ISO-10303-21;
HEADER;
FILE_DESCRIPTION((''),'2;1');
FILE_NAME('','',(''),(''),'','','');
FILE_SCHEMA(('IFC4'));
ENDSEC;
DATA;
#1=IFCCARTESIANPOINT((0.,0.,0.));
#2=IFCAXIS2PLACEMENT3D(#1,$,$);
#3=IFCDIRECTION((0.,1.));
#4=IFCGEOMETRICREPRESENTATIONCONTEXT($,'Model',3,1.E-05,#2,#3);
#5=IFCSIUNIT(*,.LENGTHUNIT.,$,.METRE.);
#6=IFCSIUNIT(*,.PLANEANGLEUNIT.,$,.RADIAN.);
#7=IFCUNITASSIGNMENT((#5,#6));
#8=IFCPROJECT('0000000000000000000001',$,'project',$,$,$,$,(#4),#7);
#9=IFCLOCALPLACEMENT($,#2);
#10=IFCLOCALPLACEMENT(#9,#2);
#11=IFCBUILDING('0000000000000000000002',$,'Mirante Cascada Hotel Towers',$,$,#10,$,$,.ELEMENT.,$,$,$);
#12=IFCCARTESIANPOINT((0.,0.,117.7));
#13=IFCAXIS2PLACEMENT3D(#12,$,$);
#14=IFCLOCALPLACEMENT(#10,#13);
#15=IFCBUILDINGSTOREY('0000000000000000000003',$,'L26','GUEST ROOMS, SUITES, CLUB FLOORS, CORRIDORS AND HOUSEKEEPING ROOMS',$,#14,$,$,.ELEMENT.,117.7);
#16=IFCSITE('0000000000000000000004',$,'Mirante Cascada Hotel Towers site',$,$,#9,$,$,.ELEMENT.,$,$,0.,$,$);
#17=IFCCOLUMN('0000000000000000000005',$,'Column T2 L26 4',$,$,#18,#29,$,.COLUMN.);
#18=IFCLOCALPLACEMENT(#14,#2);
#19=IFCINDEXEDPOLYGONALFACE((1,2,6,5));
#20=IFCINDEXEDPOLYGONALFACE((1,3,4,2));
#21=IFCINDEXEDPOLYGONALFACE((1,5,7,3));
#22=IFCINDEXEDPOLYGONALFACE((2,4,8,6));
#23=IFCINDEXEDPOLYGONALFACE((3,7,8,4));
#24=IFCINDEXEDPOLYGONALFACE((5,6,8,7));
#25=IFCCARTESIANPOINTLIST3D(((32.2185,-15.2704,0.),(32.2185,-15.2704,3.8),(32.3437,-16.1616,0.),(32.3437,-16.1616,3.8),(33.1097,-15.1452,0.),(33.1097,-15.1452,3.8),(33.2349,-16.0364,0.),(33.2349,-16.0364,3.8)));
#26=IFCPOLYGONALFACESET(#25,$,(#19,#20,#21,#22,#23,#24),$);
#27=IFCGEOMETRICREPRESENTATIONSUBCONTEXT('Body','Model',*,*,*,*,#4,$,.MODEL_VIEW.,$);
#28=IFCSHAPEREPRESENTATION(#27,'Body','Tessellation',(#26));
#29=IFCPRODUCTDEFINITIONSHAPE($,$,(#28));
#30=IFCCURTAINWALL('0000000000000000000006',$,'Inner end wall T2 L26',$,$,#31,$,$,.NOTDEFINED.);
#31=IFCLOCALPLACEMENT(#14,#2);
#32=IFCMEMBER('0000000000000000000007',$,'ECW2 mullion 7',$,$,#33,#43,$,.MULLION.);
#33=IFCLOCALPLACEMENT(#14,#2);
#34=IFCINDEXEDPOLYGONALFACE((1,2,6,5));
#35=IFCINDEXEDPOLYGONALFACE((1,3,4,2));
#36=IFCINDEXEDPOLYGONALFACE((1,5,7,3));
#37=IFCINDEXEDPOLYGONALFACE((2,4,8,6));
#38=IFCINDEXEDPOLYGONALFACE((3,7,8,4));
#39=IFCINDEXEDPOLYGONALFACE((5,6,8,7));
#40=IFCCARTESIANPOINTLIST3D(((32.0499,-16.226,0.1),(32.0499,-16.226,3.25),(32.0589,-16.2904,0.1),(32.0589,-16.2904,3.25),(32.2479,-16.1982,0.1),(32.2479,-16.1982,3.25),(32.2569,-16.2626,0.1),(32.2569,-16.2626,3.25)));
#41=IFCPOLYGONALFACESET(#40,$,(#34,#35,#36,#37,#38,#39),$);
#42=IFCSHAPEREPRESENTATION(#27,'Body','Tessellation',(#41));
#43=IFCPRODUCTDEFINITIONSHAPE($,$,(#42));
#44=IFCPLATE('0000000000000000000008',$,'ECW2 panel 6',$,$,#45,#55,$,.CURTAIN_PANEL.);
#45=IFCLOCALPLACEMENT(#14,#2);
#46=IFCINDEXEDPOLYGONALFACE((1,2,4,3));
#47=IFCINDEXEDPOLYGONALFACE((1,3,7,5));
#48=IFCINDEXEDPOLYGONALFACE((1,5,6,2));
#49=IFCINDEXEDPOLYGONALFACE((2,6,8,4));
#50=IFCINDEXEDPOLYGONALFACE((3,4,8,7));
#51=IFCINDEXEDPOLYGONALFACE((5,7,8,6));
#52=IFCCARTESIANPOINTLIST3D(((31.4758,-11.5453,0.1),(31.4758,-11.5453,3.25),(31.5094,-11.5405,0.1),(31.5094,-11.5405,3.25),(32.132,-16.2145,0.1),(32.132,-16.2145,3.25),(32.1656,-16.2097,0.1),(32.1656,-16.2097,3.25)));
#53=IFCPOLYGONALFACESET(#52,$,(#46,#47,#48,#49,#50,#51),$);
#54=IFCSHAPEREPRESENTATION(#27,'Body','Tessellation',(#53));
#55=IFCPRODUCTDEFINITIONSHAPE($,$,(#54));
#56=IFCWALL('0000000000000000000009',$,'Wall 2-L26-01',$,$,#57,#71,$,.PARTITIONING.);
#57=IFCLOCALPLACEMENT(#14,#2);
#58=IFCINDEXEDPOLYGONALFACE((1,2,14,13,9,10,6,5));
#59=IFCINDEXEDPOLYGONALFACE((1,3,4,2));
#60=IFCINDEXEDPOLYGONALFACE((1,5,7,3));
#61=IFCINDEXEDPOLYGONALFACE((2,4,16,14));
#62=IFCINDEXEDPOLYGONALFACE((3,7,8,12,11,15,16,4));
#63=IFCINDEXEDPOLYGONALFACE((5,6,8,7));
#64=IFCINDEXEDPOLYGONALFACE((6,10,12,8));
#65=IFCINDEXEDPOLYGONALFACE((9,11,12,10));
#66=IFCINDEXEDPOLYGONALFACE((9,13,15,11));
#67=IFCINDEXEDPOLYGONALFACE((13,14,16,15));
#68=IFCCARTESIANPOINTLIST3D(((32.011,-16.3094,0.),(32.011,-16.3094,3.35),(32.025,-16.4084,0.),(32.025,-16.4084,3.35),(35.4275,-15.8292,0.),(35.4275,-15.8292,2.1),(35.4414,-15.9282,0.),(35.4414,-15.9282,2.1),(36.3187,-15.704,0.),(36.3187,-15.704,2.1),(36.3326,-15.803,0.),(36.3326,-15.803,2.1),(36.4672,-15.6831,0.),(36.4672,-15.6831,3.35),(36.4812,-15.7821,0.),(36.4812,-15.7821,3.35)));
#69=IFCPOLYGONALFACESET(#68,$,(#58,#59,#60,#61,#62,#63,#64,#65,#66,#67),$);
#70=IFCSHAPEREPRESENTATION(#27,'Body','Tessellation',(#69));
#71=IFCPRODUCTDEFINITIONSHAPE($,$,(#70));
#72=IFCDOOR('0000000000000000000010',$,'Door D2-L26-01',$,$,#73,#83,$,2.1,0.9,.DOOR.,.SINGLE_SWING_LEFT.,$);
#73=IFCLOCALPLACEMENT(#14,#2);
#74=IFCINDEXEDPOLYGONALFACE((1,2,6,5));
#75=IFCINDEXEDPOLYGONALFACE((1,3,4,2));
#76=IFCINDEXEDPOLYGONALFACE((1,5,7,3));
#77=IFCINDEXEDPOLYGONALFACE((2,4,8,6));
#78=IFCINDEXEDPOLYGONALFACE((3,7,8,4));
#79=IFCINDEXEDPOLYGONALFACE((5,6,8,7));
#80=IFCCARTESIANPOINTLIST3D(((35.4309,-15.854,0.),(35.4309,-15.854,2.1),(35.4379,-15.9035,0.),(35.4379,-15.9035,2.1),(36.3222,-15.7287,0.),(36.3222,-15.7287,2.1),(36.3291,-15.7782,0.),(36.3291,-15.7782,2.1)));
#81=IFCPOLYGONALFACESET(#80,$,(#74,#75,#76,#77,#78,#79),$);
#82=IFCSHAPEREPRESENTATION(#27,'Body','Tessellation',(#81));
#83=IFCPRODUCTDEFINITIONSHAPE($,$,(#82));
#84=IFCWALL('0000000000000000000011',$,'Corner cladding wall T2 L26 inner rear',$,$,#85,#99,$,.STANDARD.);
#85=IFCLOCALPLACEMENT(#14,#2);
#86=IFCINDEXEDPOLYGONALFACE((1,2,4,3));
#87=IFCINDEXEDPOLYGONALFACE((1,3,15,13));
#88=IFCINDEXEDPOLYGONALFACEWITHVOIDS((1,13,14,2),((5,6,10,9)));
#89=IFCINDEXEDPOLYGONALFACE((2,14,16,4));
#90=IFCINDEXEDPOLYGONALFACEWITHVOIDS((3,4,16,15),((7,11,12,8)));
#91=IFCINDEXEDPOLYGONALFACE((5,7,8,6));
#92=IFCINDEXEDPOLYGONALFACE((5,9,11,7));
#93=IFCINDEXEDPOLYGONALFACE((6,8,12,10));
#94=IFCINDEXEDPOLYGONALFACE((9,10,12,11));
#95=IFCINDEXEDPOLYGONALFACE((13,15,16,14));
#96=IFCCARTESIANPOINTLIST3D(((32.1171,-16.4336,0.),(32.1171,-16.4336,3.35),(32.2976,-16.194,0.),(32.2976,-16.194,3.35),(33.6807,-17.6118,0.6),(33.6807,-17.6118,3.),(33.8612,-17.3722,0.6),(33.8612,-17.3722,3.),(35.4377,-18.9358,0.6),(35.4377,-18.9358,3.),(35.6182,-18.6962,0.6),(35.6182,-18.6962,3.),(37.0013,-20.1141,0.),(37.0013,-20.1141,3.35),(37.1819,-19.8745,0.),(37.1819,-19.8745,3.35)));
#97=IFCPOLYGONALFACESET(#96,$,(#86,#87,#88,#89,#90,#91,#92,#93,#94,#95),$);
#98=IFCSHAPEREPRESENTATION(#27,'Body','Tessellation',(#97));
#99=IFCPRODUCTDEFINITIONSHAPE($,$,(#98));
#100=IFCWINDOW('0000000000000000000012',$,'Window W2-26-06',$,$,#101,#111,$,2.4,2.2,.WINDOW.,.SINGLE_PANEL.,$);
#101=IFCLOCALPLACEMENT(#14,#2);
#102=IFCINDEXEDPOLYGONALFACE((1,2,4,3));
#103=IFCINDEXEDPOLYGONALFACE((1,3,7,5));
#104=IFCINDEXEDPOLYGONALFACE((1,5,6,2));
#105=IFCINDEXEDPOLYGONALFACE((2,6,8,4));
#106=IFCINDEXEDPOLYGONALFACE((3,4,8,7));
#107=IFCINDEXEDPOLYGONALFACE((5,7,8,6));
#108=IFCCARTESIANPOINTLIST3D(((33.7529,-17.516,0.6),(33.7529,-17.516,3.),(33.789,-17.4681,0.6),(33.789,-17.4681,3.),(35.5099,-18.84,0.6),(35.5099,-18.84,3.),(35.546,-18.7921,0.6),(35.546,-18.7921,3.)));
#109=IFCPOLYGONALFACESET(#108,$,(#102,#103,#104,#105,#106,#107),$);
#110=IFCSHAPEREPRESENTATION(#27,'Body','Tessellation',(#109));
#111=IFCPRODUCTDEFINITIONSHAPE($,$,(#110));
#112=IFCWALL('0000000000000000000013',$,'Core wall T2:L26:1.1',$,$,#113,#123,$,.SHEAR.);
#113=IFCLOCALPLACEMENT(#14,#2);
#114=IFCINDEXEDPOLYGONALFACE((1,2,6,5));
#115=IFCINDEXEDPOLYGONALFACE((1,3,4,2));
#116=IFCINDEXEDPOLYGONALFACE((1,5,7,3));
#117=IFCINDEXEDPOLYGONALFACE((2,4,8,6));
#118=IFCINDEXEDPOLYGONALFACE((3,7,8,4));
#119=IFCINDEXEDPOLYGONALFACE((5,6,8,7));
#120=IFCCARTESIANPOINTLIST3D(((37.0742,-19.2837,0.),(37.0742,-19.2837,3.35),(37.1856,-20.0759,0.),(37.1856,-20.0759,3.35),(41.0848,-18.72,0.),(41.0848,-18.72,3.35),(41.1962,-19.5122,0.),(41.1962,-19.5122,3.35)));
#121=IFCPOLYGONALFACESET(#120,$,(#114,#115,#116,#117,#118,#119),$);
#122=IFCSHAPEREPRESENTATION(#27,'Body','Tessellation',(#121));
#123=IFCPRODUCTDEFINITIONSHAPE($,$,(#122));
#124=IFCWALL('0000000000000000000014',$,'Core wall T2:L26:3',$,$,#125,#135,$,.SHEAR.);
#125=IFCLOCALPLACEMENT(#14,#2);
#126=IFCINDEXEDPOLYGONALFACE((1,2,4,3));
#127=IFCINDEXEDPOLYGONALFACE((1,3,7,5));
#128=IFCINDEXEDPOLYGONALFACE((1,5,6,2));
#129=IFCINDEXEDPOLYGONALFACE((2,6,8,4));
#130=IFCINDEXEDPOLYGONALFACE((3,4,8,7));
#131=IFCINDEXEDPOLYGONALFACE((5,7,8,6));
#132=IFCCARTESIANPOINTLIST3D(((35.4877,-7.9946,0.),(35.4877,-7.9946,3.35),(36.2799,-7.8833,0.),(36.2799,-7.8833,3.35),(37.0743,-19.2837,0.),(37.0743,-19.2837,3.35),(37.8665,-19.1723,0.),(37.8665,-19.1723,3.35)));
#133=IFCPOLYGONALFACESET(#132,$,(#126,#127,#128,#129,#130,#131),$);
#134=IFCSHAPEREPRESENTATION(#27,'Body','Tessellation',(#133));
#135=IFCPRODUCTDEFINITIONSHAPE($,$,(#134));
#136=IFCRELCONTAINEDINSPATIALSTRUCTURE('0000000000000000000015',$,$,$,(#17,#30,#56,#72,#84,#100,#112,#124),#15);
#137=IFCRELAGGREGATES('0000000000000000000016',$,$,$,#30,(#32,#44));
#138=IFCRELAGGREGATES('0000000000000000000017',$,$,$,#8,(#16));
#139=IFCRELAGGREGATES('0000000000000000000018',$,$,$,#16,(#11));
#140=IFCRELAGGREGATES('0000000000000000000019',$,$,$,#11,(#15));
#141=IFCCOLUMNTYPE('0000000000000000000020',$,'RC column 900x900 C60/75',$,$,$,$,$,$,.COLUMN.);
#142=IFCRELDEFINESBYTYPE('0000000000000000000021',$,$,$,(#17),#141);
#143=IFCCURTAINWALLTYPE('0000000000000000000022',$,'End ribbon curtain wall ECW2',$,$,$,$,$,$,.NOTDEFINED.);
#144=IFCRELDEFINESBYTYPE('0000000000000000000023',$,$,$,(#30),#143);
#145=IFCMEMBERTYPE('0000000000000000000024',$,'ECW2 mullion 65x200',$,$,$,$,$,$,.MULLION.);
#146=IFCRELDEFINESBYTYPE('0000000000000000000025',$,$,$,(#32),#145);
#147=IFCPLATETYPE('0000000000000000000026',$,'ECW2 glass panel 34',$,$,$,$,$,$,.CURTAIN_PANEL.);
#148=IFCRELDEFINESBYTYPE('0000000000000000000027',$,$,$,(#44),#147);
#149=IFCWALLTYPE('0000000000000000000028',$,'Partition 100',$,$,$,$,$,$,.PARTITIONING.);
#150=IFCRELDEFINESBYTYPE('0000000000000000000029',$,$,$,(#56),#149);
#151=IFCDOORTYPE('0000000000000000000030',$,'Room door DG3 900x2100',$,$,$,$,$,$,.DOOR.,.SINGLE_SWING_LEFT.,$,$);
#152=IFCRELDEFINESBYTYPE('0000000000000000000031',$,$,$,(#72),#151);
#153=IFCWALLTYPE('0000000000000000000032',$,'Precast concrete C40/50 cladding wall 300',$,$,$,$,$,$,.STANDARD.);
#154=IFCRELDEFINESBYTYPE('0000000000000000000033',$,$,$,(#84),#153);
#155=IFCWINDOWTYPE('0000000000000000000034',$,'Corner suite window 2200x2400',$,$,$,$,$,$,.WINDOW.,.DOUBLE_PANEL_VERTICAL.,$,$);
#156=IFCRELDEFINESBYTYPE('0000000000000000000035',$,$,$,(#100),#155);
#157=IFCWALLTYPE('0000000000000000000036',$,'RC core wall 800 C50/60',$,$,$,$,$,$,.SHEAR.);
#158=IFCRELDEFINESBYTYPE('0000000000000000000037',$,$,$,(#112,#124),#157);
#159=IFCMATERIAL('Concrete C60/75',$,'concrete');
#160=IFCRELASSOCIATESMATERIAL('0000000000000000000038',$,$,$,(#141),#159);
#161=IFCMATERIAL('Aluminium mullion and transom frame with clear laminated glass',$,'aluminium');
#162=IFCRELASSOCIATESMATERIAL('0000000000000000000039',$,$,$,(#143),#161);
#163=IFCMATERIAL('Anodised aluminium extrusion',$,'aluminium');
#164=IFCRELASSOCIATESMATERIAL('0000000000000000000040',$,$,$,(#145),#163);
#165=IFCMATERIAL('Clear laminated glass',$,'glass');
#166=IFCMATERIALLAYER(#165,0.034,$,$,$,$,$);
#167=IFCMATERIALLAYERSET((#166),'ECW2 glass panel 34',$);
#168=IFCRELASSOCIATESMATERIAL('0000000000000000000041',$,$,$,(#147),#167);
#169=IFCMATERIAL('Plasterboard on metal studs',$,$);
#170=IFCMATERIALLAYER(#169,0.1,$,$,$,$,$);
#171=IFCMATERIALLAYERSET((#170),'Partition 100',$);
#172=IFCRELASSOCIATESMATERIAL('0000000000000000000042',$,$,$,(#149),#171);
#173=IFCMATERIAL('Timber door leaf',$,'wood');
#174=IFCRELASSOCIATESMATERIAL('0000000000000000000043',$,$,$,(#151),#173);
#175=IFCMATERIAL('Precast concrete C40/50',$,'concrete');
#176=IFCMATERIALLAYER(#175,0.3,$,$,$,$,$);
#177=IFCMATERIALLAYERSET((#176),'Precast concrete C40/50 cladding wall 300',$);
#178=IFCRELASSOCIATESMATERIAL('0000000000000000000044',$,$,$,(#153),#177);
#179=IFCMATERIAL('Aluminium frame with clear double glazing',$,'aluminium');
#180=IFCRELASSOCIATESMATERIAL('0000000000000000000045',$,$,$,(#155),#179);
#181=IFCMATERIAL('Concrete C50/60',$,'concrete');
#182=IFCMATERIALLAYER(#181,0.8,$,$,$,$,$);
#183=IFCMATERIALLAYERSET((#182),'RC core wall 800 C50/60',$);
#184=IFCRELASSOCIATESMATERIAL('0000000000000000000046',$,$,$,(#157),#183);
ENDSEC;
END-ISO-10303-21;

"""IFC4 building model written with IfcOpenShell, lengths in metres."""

from ifc_helpers import new_model, si_unit, direction, frame, frame_2d, origin, origin_2d, place, context, subcontext, project, spatial, rectangle, extrude, material, layer, layer_set, material_profile, profile_set, type_object, element, fill, aggregate, save


model = new_model("IFC4")

# Units and contexts
model_context = context("Model", 3, precision=1e-05, world=origin(), true_north=direction((0.0, 1.0)))
body_context = subcontext(model_context, "Body", "Model", "MODEL_VIEW")
ifc_project = project(units=[si_unit("LENGTHUNIT", "METRE"), si_unit("PLANEANGLEUNIT", "RADIAN")], contexts=[model_context])

# Site, building, storey
site_placement = place(None, origin())
site = spatial("IfcSite", under=ifc_project, at=site_placement, Name="Mirante Cascada Hotel Towers site", CompositionType="ELEMENT", RefElevation=0.0)
building_placement = place(site_placement, origin())
building = spatial("IfcBuilding", under=site, at=building_placement, Name="Mirante Cascada Hotel Towers", CompositionType="ELEMENT")
storey_placement = place(building_placement, frame((0.0, 0.0, 117.7)))
storey = spatial("IfcBuildingStorey", under=building, at=storey_placement, Name="L26", Description="GUEST ROOMS, SUITES, CLUB FLOORS, CORRIDORS AND HOUSEKEEPING ROOMS", CompositionType="ELEMENT", Elevation=117.7)

# Column
ifc_material_1 = material(Name="Concrete C60/75", Category="concrete")
ifc_material_profile_1 = material_profile(ifc_material_1, rectangle(XDim=0.9, YDim=0.9, at=origin_2d()), Name="RC column 900x900 C60/75")
ifc_profile_set_1 = profile_set([ifc_material_profile_1], Name="Concrete C60/75")
column_type = type_object("IfcColumnType", Name="RC column 900x900 C60/75", PredefinedType="COLUMN", material=ifc_profile_set_1)
column_placement = place(storey_placement, frame((32.7267, -15.6534, 0.0), z_axis=(0.0, 0.0, 1.0), x_axis=(0.990268, 0.139173, 0.0)))
element("IfcColumn", 1, at=column_placement, inside=storey, type_object=column_type, Name="Column T2 L26 4", PredefinedType="COLUMN", context=body_context, shape_type="SweptSolid", body=[
    extrude(rectangle(XDim=0.9, YDim=0.9, at=origin_2d()), origin(), (0.0, 0.0, 1.0), 3.8),
])

# Curtain wall, member, plate
ifc_material_2 = material(Name="Aluminium mullion and transom frame with clear laminated glass", Category="aluminium")
curtain_wall_type = type_object("IfcCurtainWallType", Name="End ribbon curtain wall ECW2", PredefinedType="NOTDEFINED", material=ifc_material_2)
curtain_wall_placement = place(storey_placement, origin())
curtain_wall = element("IfcCurtainWall", 2, at=curtain_wall_placement, inside=storey, type_object=curtain_wall_type, Name="Inner end wall T2 L26", PredefinedType="NOTDEFINED")
ifc_material_3 = material(Name="Anodised aluminium extrusion", Category="aluminium")
ifc_material_profile_2 = material_profile(ifc_material_3, rectangle(XDim=0.2, YDim=0.065, at=origin_2d()), Name="ECW2 MULLION 65x200")
ifc_profile_set_2 = profile_set([ifc_material_profile_2], Name="Anodised aluminium extrusion")
member_type = type_object("IfcMemberType", Name="ECW2 mullion 65x200", PredefinedType="MULLION", material=ifc_profile_set_2)
member_placement = place(storey_placement, frame((32.1534, -16.2443, 0.1), z_axis=(0.0, 0.0, 1.0), x_axis=(0.990268, 0.139173, 0.0)))
member = element("IfcMember", 3, at=member_placement, type_object=member_type, Name="ECW2 mullion 7", PredefinedType="MULLION", context=body_context, shape_type="SweptSolid", body=[
    extrude(rectangle(XDim=0.2, YDim=0.065, at=origin_2d()), origin(), (0.0, 0.0, 1.0), 3.15),
])
ifc_material_4 = material(Name="Clear laminated glass", Category="glass")
ifc_layer_1 = layer(ifc_material_4, 0.034)
ifc_layer_set_1 = layer_set([ifc_layer_1], Name="ECW2 glass panel 34")
plate_type = type_object("IfcPlateType", Name="ECW2 glass panel 34", PredefinedType="CURTAIN_PANEL", material=ifc_layer_set_1)
plate_placement = place(storey_placement, frame((31.8207, -13.8775, 0.1), z_axis=(0.0, 0.0, 1.0), x_axis=(0.139173, -0.990268, 0.0)))
plate = element("IfcPlate", 4, at=plate_placement, type_object=plate_type, Name="ECW2 panel 6", PredefinedType="CURTAIN_PANEL", context=body_context, shape_type="SweptSolid", body=[
    extrude(rectangle(XDim=4.7151, YDim=0.034, at=origin_2d()), origin(), (0.0, 0.0, 1.0), 3.15),
])
aggregate(curtain_wall, [member, plate])

# Wall, opening, door
ifc_material_5 = material(Name="Plasterboard on metal studs")
ifc_layer_2 = layer(ifc_material_5, 0.1)
ifc_layer_set_2 = layer_set([ifc_layer_2], Name="Partition 100")
wall_type_1 = type_object("IfcWallType", Name="Partition 100", PredefinedType="PARTITIONING", material=ifc_layer_set_2)
wall_1_placement = place(storey_placement, frame((32.018, -16.3589, 0.0), z_axis=(0.0, 0.0, 1.0), x_axis=(0.990267, 0.139178, 0.0)))
wall_1 = element("IfcWall", 5, at=wall_1_placement, inside=storey, type_object=wall_type_1, Name="Wall 2-L26-01", PredefinedType="PARTITIONING", context=body_context, shape_type="SweptSolid", body=[
    extrude(rectangle(XDim=4.5, YDim=0.1, at=frame_2d((2.25, 0.0))), origin(), (0.0, 0.0, 1.0), 3.35),
])
opening_1_placement = place(wall_1_placement, frame((3.45, 0.0, 0.0)))
opening_1 = element("IfcOpeningElement", 6, at=opening_1_placement, cuts=wall_1, PredefinedType="OPENING", context=body_context, shape_type="SweptSolid", body=[
    extrude(rectangle(XDim=0.9, YDim=2.1, at=frame_2d((0.45, 1.05))), frame((0.0, 0.05, 0.0), z_axis=(0.0, -1.0, 0.0), x_axis=(1.0, 0.0, 0.0)), (0.0, 0.0, 1.0), 0.1),
])
ifc_material_6 = material(Name="Timber door leaf", Category="wood")
door_type = type_object("IfcDoorType", Name="Room door DG3 900x2100", OperationType="SINGLE_SWING_LEFT", PredefinedType="DOOR", material=ifc_material_6)
door_placement = place(opening_1_placement, origin())
door = element("IfcDoor", 7, at=door_placement, inside=storey, type_object=door_type, Name="Door D2-L26-01", OperationType="SINGLE_SWING_LEFT", OverallHeight=2.1, OverallWidth=0.9, PredefinedType="DOOR", context=body_context, shape_type="SweptSolid", body=[
    extrude(rectangle(XDim=0.9, YDim=2.1, at=frame_2d((0.45, 1.05))), frame((0.0, 0.025, 0.0), z_axis=(0.0, -1.0, 0.0), x_axis=(1.0, 0.0, 0.0)), (0.0, 0.0, 1.0), 0.05),
])
fill(opening_1, door)

# Wall, opening, window
ifc_material_7 = material(Name="Precast concrete C40/50", Category="concrete")
ifc_layer_3 = layer(ifc_material_7, 0.3)
ifc_layer_set_3 = layer_set([ifc_layer_3], Name="Precast concrete C40/50 cladding wall 300")
wall_type_2 = type_object("IfcWallType", Name="Precast concrete C40/50 cladding wall 300", PredefinedType="STANDARD", material=ifc_layer_set_3)
wall_2_placement = place(storey_placement, frame((32.2074, -16.3138, 0.0), z_axis=(0.0, 0.0, 1.0), x_axis=(0.798636, -0.601814, 0.0)))
wall_2 = element("IfcWall", 8, at=wall_2_placement, inside=storey, type_object=wall_type_2, Name="Corner cladding wall T2 L26 inner rear", PredefinedType="STANDARD", context=body_context, shape_type="SweptSolid", body=[
    extrude(rectangle(XDim=6.1157, YDim=0.3, at=frame_2d((3.0578, 0.0))), origin(), (0.0, 0.0, 1.0), 3.35),
])
opening_2_placement = place(wall_2_placement, frame((1.9578, 0.0, 0.6)))
opening_2 = element("IfcOpeningElement", 9, at=opening_2_placement, cuts=wall_2, PredefinedType="OPENING", context=body_context, shape_type="SweptSolid", body=[
    extrude(rectangle(XDim=2.2, YDim=2.4, at=frame_2d((1.1, 1.2))), frame((0.0, 0.15, 0.0), z_axis=(0.0, -1.0, 0.0), x_axis=(1.0, 0.0, 0.0)), (0.0, 0.0, 1.0), 0.3),
])
ifc_material_8 = material(Name="Aluminium frame with clear double glazing", Category="aluminium")
window_type = type_object("IfcWindowType", Name="Corner suite window 2200x2400", PartitioningType="DOUBLE_PANEL_VERTICAL", PredefinedType="WINDOW", material=ifc_material_8)
window_placement = place(opening_2_placement, origin())
window = element("IfcWindow", 10, at=window_placement, inside=storey, type_object=window_type, Name="Window W2-26-06", OverallHeight=2.4, OverallWidth=2.2, PartitioningType="SINGLE_PANEL", PredefinedType="WINDOW", context=body_context, shape_type="SweptSolid", body=[
    extrude(rectangle(XDim=2.2, YDim=2.4, at=frame_2d((1.1, 1.2))), frame((0.0, 0.03, 0.0), z_axis=(0.0, -1.0, 0.0), x_axis=(1.0, 0.0, 0.0)), (0.0, 0.0, 1.0), 0.06),
])
fill(opening_2, window)

# Walls
ifc_material_9 = material(Name="Concrete C50/60", Category="concrete")
ifc_layer_4 = layer(ifc_material_9, 0.8)
ifc_layer_set_4 = layer_set([ifc_layer_4], Name="RC core wall 800 C50/60")
wall_type_3 = type_object("IfcWallType", Name="RC core wall 800 C50/60", PredefinedType="SHEAR", material=ifc_layer_set_4)
wall_3_placement = place(storey_placement, frame((37.1299, -19.6798, 0.0), z_axis=(0.0, 0.0, 1.0), x_axis=(0.990267, 0.139184, 0.0)))
element("IfcWall", 11, at=wall_3_placement, inside=storey, type_object=wall_type_3, Name="Core wall T2:L26:1.1", PredefinedType="SHEAR", context=body_context, shape_type="SweptSolid", body=[
    extrude(rectangle(XDim=4.05, YDim=0.8, at=frame_2d((2.025, 0.0))), origin(), (0.0, 0.0, 1.0), 3.35),
])
wall_4_placement = place(storey_placement, frame((37.4704, -19.228, 0.0), z_axis=(0.0, 0.0, 1.0), x_axis=(-0.139175, 0.990268, 0.0)))
element("IfcWall", 12, at=wall_4_placement, inside=storey, type_object=wall_type_3, Name="Core wall T2:L26:3", PredefinedType="SHEAR", context=body_context, shape_type="SweptSolid", body=[
    extrude(rectangle(XDim=11.4, YDim=0.8, at=frame_2d((5.7, 0.0))), origin(), (0.0, 0.0, 1.0), 3.35),
])

save(model, "model.ifc")
